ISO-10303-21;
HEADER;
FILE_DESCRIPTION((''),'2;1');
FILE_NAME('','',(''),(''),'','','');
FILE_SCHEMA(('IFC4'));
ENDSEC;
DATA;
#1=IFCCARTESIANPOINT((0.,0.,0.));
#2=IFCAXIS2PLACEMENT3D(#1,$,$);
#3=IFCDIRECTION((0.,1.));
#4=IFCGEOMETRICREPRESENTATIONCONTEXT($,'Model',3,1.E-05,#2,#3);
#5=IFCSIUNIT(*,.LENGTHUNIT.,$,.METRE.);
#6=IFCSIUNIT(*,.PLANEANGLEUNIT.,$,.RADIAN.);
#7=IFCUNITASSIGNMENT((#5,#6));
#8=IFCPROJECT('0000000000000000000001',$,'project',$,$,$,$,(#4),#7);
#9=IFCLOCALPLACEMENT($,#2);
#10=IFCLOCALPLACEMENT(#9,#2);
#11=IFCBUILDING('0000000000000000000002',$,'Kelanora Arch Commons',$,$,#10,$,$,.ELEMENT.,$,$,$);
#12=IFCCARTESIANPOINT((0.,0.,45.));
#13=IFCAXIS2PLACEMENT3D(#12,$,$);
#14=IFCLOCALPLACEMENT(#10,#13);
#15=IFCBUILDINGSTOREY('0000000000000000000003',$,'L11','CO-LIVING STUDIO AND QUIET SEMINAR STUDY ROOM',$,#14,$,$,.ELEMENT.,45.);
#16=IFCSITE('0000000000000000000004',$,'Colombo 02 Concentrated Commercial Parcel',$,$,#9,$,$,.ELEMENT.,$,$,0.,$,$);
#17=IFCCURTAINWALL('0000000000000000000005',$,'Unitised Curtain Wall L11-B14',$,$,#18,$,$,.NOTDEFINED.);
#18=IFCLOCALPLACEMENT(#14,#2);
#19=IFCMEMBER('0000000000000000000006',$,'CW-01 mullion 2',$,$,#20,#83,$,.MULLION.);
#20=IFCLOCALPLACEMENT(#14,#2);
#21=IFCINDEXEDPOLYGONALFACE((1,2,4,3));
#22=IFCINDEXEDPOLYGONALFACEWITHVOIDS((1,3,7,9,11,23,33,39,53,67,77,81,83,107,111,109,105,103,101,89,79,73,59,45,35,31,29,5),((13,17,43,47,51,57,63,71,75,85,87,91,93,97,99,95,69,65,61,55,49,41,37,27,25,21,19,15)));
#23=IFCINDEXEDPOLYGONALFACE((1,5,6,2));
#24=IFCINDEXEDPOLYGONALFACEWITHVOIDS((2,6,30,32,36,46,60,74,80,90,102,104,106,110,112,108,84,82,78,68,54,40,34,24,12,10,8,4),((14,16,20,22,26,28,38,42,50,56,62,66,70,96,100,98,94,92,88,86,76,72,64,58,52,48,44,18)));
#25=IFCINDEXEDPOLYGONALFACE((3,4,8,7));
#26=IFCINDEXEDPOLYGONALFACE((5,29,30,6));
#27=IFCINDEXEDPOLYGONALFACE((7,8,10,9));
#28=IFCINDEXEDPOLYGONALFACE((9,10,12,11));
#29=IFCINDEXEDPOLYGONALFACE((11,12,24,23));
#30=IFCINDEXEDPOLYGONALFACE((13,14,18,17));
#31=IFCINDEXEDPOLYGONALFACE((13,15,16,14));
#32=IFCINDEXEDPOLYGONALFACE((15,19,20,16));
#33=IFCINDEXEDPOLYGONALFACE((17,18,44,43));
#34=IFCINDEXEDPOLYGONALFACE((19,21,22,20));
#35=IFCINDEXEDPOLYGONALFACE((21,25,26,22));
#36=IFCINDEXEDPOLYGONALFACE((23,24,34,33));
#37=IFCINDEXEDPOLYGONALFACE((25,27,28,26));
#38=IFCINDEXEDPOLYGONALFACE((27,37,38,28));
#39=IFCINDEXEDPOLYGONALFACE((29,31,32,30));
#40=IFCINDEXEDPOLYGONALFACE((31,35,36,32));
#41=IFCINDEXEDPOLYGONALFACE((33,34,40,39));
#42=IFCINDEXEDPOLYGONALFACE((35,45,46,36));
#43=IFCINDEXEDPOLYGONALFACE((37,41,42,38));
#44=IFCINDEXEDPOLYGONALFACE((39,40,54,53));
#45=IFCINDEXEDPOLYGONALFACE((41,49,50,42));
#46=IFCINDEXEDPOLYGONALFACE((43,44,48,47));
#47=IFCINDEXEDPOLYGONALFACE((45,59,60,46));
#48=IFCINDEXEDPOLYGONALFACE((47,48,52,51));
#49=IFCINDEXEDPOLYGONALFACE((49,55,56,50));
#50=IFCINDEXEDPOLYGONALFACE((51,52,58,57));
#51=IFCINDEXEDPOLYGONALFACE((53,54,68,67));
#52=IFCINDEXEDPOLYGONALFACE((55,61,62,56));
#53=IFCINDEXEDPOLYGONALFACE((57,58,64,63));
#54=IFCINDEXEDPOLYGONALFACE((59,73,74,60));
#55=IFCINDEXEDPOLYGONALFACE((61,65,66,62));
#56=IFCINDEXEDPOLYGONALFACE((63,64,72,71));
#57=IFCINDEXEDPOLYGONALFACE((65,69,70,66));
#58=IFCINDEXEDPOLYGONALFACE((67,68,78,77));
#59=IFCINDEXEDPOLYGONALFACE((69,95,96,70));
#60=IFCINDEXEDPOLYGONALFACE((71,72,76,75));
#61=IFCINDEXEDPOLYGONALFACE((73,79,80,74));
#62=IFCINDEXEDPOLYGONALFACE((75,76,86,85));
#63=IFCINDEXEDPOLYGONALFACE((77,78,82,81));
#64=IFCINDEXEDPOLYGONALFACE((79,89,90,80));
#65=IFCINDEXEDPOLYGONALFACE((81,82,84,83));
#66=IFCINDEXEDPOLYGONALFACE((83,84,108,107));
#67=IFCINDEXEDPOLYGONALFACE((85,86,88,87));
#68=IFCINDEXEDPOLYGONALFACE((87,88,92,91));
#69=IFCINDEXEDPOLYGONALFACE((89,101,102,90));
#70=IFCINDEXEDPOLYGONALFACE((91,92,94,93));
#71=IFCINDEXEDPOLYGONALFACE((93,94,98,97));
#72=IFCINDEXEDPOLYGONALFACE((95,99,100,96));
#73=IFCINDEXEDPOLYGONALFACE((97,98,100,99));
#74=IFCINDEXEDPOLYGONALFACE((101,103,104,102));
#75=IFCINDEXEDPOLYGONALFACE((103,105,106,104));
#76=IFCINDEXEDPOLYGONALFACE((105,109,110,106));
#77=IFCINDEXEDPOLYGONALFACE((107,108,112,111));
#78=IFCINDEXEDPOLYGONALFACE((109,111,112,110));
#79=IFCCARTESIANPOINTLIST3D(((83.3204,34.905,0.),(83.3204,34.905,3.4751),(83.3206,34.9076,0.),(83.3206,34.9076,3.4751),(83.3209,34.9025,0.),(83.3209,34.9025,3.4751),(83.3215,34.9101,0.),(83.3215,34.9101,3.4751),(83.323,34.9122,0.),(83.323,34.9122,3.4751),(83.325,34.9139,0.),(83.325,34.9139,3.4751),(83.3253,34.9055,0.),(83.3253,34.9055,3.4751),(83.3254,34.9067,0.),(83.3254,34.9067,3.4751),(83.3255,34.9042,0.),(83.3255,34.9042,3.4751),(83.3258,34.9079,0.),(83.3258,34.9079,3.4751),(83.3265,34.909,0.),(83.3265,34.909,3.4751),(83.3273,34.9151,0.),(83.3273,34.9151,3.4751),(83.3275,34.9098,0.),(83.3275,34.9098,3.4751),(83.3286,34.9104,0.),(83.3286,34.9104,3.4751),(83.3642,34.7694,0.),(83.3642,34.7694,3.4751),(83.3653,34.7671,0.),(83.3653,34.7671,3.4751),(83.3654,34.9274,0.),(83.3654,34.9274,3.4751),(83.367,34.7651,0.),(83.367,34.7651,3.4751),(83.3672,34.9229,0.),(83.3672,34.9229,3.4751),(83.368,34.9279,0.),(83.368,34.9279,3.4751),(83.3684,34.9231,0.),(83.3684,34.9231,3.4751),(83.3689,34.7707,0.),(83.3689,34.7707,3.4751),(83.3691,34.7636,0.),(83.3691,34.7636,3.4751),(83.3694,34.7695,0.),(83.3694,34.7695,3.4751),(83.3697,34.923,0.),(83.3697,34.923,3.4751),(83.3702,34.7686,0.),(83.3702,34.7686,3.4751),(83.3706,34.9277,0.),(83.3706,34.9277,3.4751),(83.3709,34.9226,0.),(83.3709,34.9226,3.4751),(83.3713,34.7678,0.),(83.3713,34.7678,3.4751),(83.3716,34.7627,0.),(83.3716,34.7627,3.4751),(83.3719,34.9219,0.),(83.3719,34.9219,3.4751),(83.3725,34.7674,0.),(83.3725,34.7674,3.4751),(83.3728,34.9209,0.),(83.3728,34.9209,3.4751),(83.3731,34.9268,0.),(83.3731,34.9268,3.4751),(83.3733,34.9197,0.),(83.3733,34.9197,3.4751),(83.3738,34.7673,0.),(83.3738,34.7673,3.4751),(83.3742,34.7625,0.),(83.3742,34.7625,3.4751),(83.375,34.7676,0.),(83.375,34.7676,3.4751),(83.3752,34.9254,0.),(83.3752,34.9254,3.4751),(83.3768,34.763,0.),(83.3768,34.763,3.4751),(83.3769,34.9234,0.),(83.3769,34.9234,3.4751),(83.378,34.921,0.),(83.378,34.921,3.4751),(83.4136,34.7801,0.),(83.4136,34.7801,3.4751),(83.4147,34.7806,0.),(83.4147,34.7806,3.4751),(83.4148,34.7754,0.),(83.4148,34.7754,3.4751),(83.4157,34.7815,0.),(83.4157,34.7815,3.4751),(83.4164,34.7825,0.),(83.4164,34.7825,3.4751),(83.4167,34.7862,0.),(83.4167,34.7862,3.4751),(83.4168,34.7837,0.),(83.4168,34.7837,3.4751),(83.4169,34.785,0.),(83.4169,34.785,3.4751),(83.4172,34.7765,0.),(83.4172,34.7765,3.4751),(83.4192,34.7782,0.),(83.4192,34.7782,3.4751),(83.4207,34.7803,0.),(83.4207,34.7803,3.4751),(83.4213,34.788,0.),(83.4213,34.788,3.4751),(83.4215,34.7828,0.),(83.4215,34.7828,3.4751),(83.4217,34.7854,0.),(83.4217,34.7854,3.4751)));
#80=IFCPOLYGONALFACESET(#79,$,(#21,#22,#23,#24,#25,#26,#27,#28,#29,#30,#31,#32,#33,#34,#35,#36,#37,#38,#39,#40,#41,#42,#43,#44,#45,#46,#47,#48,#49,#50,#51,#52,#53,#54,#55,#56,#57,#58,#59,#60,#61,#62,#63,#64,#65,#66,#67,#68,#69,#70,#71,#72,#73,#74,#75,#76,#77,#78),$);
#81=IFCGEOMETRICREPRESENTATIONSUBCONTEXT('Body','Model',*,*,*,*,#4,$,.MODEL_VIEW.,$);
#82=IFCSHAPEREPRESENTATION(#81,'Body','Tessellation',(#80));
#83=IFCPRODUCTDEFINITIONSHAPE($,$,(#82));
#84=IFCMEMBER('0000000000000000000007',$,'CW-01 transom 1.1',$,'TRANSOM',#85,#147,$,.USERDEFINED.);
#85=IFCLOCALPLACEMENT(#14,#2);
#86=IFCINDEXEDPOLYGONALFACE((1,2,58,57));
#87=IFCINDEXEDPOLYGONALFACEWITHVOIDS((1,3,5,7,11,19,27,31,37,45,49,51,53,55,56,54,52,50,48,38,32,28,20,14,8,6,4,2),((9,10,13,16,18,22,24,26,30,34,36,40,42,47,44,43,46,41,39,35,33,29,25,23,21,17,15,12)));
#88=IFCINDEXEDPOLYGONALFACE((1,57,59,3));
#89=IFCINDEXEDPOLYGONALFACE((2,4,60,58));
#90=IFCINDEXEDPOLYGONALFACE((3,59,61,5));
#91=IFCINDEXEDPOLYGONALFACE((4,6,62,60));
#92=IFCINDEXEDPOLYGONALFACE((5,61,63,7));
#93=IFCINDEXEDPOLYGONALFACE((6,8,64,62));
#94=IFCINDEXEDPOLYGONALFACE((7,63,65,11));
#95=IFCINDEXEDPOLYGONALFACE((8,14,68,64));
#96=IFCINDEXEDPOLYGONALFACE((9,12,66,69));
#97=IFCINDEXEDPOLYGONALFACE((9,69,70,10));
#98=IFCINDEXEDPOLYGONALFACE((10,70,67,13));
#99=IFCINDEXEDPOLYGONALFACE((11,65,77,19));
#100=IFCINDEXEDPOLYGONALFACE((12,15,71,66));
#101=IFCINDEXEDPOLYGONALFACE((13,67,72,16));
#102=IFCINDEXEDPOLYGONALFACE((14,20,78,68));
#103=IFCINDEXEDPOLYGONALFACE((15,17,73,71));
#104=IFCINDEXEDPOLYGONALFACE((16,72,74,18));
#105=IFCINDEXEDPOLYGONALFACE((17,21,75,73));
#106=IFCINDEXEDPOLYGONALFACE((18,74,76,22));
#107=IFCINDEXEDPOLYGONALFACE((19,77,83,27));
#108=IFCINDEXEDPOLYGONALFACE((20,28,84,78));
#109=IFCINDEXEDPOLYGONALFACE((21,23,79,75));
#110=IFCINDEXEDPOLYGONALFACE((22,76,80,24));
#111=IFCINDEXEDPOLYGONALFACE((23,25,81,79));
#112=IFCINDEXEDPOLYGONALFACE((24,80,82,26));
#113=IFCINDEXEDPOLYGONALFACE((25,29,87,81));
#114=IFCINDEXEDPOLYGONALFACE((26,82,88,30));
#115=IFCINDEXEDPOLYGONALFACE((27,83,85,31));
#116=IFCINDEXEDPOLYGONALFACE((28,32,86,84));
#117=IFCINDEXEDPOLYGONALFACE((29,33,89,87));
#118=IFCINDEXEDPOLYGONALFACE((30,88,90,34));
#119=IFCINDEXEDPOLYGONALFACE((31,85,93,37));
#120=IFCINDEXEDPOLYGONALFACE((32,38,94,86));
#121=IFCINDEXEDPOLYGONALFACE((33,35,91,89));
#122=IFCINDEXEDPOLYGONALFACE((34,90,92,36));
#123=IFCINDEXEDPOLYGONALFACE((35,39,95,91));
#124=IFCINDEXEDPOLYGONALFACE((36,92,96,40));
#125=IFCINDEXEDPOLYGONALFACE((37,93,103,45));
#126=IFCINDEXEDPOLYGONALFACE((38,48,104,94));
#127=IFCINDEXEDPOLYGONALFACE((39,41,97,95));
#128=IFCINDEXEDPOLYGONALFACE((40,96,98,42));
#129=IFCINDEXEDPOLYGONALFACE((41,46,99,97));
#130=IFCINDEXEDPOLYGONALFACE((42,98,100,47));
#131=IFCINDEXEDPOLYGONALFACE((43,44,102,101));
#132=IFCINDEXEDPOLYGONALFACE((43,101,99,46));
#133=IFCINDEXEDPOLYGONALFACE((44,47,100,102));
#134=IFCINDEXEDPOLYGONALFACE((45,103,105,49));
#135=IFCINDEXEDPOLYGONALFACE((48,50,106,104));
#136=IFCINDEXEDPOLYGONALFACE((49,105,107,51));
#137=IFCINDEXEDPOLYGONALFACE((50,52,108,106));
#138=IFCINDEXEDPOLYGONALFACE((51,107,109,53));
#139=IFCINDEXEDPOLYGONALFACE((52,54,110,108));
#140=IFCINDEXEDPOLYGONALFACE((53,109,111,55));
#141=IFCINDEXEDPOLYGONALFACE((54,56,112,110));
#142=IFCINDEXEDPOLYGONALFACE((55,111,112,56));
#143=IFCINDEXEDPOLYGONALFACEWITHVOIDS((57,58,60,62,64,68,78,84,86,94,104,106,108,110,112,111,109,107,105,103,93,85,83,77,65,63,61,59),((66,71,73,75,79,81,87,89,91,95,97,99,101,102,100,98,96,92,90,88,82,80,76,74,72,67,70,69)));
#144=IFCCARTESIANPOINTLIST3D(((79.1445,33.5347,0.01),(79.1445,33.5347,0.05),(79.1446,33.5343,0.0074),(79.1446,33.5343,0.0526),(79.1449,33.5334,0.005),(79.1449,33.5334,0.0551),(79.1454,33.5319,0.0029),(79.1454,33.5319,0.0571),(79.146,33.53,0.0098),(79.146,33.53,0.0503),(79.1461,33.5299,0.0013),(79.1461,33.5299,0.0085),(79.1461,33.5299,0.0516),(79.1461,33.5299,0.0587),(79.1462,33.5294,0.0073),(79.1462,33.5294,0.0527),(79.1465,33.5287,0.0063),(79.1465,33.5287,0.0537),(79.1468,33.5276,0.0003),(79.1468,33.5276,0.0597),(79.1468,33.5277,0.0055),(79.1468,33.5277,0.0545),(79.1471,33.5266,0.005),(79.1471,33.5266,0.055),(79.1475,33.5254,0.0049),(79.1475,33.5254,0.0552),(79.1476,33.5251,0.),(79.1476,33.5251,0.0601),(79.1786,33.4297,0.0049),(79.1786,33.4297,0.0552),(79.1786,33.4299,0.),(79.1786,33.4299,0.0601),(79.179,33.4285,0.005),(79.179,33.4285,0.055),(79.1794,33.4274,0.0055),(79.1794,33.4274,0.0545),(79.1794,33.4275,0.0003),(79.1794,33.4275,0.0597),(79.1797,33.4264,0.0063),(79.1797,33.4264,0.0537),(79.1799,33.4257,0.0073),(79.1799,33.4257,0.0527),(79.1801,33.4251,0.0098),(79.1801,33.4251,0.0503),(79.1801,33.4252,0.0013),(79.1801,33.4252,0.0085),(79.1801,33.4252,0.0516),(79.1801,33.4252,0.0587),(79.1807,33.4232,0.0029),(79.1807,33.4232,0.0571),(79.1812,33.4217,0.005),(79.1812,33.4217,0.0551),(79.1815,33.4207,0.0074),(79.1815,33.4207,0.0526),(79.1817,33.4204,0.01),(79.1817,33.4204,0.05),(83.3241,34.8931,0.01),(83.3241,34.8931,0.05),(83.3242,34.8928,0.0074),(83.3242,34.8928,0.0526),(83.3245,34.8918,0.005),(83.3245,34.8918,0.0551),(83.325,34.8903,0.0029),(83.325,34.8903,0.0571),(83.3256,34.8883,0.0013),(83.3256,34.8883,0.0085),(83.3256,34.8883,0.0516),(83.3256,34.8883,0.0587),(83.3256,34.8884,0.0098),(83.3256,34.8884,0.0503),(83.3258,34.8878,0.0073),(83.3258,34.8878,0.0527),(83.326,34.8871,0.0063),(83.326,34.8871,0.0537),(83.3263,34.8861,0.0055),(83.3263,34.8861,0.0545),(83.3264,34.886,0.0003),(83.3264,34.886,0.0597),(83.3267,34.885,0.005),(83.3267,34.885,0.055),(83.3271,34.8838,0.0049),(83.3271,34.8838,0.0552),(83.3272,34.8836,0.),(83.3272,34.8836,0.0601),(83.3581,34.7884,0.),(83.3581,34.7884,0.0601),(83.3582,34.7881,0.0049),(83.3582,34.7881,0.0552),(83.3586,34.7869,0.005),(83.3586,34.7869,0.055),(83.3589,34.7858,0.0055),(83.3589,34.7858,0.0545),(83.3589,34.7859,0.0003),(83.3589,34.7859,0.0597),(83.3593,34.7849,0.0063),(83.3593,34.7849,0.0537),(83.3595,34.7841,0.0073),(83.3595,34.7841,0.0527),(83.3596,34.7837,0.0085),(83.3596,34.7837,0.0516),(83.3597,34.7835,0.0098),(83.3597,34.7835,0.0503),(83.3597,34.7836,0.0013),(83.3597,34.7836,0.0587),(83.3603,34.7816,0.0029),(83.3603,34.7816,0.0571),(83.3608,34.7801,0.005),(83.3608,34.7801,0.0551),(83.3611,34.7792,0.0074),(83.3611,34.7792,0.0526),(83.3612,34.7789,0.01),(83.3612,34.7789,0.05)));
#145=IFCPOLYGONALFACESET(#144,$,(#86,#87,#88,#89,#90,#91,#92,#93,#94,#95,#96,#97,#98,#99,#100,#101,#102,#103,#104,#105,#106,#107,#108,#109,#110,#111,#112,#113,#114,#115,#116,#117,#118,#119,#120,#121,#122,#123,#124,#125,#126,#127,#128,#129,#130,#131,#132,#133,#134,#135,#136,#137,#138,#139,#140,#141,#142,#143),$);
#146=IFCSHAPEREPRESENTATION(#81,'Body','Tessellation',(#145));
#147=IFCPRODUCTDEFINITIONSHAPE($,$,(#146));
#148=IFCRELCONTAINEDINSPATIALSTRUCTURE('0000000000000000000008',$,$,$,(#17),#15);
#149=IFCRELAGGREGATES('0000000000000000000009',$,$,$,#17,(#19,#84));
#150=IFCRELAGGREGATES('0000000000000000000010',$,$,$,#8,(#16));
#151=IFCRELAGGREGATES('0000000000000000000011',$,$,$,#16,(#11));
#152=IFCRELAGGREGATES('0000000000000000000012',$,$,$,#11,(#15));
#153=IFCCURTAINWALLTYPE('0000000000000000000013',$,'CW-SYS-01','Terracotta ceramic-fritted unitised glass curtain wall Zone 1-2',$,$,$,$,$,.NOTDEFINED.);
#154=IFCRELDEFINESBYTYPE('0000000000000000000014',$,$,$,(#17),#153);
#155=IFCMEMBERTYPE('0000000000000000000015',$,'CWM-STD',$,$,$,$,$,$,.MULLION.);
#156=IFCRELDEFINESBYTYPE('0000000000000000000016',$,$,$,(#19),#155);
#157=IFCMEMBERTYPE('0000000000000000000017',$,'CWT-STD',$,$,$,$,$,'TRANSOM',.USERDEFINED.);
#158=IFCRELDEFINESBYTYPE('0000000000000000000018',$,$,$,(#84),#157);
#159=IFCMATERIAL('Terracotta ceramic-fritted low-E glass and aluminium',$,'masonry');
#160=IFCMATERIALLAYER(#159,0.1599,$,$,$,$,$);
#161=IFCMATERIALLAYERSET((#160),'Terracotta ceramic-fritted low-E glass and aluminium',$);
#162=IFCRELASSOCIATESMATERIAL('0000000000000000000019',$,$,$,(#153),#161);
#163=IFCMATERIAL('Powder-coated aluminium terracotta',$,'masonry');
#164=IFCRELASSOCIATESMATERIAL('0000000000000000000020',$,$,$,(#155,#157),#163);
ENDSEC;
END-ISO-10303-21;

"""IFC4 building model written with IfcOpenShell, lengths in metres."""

from ifc_helpers import new_model, si_unit, direction, frame, origin, origin_2d, place, context, subcontext, project, spatial, hollow_rectangle, extrude, material, layer, layer_set, material_profile, profile_set, type_object, element, aggregate, save


model = new_model("IFC4")

# Units and contexts
model_context = context("Model", 3, precision=1e-05, world=origin(), true_north=direction((0.0, 1.0)))
body_context = subcontext(model_context, "Body", "Model", "MODEL_VIEW")
ifc_project = project(units=[si_unit("LENGTHUNIT", "METRE"), si_unit("PLANEANGLEUNIT", "RADIAN")], contexts=[model_context])

# Site, building, storey
site_placement = place(None, origin())
site = spatial("IfcSite", under=ifc_project, at=site_placement, Name="Colombo 02 Concentrated Commercial Parcel", CompositionType="ELEMENT", RefElevation=0.0)
building_placement = place(site_placement, origin())
building = spatial("IfcBuilding", under=site, at=building_placement, Name="Kelanora Arch Commons", CompositionType="ELEMENT")
storey_placement = place(building_placement, frame((0.0, 0.0, 45.0)))
storey = spatial("IfcBuildingStorey", under=building, at=storey_placement, Name="L11", Description="CO-LIVING STUDIO AND QUIET SEMINAR STUDY ROOM", CompositionType="ELEMENT", Elevation=45.0)

# Curtain wall, members
ifc_material_1 = material(Name="Terracotta ceramic-fritted low-E glass and aluminium", Category="masonry")
ifc_layer_1 = layer(ifc_material_1, 0.1599)
ifc_layer_set_1 = layer_set([ifc_layer_1], Name="Terracotta ceramic-fritted low-E glass and aluminium")
curtain_wall_type = type_object("IfcCurtainWallType", Name="CW-SYS-01", Description="Terracotta ceramic-fritted unitised glass curtain wall Zone 1-2", PredefinedType="NOTDEFINED", material=ifc_layer_set_1)
curtain_wall_placement = place(storey_placement, origin())
curtain_wall = element("IfcCurtainWall", 1, at=curtain_wall_placement, inside=storey, type_object=curtain_wall_type, Name="Unitised Curtain Wall L11-B14", PredefinedType="NOTDEFINED")
ifc_material_2 = material(Name="Powder-coated aluminium terracotta", Category="masonry")
ifc_material_profile_1 = material_profile(ifc_material_2, hollow_rectangle(XDim=0.1599, YDim=0.0601, WallThickness=0.0049, InnerFilletRadius=0.0049, OuterFilletRadius=0.01, at=origin_2d()), Name="CWM160x60")
ifc_profile_set_1 = profile_set([ifc_material_profile_1], Name="Powder-coated aluminium terracotta")
member_type_1 = type_object("IfcMemberType", Name="CWM-STD", PredefinedType="MULLION", material=ifc_profile_set_1)
member_1_placement = place(storey_placement, frame((83.3711, 34.8452, 0.0), z_axis=(0.0, 0.0, 1.0), x_axis=(-0.309058, 0.951043, 0.0)))
member_1 = element("IfcMember", 2, at=member_1_placement, type_object=member_type_1, Name="CW-01 mullion 2", PredefinedType="MULLION", context=body_context, shape_type="SweptSolid", body=[
    extrude(hollow_rectangle(XDim=0.1599, YDim=0.0601, WallThickness=0.0049, InnerFilletRadius=0.0049, OuterFilletRadius=0.01, at=origin_2d()), origin(), (0.0, 0.0, 1.0), 3.4751),
])
ifc_material_profile_2 = material_profile(ifc_material_2, hollow_rectangle(XDim=0.1201, YDim=0.0601, WallThickness=0.0049, InnerFilletRadius=0.0049, OuterFilletRadius=0.01, at=origin_2d()), Name="CWT120x60")
ifc_profile_set_2 = profile_set([ifc_material_profile_2], Name="Powder-coated aluminium terracotta")
member_type_2 = type_object("IfcMemberType", Name="CWT-STD", ElementType="TRANSOM", PredefinedType="USERDEFINED", material=ifc_profile_set_2)
member_2_placement = place(storey_placement, frame((79.1631, 33.4775, 0.03), z_axis=(0.951029, 0.309102, 0.0), x_axis=(-0.309102, 0.951029, 0.0)))
member_2 = element("IfcMember", 3, at=member_2_placement, type_object=member_type_2, Name="CW-01 transom 1.1", ObjectType="TRANSOM", PredefinedType="USERDEFINED", context=body_context, shape_type="SweptSolid", body=[
    extrude(hollow_rectangle(XDim=0.1201, YDim=0.0601, WallThickness=0.0049, InnerFilletRadius=0.0049, OuterFilletRadius=0.01, at=origin_2d()), origin(), (0.0, 0.0, 1.0), 4.3948),
])
aggregate(curtain_wall, [member_1, member_2])

save(model, "model.ifc")
